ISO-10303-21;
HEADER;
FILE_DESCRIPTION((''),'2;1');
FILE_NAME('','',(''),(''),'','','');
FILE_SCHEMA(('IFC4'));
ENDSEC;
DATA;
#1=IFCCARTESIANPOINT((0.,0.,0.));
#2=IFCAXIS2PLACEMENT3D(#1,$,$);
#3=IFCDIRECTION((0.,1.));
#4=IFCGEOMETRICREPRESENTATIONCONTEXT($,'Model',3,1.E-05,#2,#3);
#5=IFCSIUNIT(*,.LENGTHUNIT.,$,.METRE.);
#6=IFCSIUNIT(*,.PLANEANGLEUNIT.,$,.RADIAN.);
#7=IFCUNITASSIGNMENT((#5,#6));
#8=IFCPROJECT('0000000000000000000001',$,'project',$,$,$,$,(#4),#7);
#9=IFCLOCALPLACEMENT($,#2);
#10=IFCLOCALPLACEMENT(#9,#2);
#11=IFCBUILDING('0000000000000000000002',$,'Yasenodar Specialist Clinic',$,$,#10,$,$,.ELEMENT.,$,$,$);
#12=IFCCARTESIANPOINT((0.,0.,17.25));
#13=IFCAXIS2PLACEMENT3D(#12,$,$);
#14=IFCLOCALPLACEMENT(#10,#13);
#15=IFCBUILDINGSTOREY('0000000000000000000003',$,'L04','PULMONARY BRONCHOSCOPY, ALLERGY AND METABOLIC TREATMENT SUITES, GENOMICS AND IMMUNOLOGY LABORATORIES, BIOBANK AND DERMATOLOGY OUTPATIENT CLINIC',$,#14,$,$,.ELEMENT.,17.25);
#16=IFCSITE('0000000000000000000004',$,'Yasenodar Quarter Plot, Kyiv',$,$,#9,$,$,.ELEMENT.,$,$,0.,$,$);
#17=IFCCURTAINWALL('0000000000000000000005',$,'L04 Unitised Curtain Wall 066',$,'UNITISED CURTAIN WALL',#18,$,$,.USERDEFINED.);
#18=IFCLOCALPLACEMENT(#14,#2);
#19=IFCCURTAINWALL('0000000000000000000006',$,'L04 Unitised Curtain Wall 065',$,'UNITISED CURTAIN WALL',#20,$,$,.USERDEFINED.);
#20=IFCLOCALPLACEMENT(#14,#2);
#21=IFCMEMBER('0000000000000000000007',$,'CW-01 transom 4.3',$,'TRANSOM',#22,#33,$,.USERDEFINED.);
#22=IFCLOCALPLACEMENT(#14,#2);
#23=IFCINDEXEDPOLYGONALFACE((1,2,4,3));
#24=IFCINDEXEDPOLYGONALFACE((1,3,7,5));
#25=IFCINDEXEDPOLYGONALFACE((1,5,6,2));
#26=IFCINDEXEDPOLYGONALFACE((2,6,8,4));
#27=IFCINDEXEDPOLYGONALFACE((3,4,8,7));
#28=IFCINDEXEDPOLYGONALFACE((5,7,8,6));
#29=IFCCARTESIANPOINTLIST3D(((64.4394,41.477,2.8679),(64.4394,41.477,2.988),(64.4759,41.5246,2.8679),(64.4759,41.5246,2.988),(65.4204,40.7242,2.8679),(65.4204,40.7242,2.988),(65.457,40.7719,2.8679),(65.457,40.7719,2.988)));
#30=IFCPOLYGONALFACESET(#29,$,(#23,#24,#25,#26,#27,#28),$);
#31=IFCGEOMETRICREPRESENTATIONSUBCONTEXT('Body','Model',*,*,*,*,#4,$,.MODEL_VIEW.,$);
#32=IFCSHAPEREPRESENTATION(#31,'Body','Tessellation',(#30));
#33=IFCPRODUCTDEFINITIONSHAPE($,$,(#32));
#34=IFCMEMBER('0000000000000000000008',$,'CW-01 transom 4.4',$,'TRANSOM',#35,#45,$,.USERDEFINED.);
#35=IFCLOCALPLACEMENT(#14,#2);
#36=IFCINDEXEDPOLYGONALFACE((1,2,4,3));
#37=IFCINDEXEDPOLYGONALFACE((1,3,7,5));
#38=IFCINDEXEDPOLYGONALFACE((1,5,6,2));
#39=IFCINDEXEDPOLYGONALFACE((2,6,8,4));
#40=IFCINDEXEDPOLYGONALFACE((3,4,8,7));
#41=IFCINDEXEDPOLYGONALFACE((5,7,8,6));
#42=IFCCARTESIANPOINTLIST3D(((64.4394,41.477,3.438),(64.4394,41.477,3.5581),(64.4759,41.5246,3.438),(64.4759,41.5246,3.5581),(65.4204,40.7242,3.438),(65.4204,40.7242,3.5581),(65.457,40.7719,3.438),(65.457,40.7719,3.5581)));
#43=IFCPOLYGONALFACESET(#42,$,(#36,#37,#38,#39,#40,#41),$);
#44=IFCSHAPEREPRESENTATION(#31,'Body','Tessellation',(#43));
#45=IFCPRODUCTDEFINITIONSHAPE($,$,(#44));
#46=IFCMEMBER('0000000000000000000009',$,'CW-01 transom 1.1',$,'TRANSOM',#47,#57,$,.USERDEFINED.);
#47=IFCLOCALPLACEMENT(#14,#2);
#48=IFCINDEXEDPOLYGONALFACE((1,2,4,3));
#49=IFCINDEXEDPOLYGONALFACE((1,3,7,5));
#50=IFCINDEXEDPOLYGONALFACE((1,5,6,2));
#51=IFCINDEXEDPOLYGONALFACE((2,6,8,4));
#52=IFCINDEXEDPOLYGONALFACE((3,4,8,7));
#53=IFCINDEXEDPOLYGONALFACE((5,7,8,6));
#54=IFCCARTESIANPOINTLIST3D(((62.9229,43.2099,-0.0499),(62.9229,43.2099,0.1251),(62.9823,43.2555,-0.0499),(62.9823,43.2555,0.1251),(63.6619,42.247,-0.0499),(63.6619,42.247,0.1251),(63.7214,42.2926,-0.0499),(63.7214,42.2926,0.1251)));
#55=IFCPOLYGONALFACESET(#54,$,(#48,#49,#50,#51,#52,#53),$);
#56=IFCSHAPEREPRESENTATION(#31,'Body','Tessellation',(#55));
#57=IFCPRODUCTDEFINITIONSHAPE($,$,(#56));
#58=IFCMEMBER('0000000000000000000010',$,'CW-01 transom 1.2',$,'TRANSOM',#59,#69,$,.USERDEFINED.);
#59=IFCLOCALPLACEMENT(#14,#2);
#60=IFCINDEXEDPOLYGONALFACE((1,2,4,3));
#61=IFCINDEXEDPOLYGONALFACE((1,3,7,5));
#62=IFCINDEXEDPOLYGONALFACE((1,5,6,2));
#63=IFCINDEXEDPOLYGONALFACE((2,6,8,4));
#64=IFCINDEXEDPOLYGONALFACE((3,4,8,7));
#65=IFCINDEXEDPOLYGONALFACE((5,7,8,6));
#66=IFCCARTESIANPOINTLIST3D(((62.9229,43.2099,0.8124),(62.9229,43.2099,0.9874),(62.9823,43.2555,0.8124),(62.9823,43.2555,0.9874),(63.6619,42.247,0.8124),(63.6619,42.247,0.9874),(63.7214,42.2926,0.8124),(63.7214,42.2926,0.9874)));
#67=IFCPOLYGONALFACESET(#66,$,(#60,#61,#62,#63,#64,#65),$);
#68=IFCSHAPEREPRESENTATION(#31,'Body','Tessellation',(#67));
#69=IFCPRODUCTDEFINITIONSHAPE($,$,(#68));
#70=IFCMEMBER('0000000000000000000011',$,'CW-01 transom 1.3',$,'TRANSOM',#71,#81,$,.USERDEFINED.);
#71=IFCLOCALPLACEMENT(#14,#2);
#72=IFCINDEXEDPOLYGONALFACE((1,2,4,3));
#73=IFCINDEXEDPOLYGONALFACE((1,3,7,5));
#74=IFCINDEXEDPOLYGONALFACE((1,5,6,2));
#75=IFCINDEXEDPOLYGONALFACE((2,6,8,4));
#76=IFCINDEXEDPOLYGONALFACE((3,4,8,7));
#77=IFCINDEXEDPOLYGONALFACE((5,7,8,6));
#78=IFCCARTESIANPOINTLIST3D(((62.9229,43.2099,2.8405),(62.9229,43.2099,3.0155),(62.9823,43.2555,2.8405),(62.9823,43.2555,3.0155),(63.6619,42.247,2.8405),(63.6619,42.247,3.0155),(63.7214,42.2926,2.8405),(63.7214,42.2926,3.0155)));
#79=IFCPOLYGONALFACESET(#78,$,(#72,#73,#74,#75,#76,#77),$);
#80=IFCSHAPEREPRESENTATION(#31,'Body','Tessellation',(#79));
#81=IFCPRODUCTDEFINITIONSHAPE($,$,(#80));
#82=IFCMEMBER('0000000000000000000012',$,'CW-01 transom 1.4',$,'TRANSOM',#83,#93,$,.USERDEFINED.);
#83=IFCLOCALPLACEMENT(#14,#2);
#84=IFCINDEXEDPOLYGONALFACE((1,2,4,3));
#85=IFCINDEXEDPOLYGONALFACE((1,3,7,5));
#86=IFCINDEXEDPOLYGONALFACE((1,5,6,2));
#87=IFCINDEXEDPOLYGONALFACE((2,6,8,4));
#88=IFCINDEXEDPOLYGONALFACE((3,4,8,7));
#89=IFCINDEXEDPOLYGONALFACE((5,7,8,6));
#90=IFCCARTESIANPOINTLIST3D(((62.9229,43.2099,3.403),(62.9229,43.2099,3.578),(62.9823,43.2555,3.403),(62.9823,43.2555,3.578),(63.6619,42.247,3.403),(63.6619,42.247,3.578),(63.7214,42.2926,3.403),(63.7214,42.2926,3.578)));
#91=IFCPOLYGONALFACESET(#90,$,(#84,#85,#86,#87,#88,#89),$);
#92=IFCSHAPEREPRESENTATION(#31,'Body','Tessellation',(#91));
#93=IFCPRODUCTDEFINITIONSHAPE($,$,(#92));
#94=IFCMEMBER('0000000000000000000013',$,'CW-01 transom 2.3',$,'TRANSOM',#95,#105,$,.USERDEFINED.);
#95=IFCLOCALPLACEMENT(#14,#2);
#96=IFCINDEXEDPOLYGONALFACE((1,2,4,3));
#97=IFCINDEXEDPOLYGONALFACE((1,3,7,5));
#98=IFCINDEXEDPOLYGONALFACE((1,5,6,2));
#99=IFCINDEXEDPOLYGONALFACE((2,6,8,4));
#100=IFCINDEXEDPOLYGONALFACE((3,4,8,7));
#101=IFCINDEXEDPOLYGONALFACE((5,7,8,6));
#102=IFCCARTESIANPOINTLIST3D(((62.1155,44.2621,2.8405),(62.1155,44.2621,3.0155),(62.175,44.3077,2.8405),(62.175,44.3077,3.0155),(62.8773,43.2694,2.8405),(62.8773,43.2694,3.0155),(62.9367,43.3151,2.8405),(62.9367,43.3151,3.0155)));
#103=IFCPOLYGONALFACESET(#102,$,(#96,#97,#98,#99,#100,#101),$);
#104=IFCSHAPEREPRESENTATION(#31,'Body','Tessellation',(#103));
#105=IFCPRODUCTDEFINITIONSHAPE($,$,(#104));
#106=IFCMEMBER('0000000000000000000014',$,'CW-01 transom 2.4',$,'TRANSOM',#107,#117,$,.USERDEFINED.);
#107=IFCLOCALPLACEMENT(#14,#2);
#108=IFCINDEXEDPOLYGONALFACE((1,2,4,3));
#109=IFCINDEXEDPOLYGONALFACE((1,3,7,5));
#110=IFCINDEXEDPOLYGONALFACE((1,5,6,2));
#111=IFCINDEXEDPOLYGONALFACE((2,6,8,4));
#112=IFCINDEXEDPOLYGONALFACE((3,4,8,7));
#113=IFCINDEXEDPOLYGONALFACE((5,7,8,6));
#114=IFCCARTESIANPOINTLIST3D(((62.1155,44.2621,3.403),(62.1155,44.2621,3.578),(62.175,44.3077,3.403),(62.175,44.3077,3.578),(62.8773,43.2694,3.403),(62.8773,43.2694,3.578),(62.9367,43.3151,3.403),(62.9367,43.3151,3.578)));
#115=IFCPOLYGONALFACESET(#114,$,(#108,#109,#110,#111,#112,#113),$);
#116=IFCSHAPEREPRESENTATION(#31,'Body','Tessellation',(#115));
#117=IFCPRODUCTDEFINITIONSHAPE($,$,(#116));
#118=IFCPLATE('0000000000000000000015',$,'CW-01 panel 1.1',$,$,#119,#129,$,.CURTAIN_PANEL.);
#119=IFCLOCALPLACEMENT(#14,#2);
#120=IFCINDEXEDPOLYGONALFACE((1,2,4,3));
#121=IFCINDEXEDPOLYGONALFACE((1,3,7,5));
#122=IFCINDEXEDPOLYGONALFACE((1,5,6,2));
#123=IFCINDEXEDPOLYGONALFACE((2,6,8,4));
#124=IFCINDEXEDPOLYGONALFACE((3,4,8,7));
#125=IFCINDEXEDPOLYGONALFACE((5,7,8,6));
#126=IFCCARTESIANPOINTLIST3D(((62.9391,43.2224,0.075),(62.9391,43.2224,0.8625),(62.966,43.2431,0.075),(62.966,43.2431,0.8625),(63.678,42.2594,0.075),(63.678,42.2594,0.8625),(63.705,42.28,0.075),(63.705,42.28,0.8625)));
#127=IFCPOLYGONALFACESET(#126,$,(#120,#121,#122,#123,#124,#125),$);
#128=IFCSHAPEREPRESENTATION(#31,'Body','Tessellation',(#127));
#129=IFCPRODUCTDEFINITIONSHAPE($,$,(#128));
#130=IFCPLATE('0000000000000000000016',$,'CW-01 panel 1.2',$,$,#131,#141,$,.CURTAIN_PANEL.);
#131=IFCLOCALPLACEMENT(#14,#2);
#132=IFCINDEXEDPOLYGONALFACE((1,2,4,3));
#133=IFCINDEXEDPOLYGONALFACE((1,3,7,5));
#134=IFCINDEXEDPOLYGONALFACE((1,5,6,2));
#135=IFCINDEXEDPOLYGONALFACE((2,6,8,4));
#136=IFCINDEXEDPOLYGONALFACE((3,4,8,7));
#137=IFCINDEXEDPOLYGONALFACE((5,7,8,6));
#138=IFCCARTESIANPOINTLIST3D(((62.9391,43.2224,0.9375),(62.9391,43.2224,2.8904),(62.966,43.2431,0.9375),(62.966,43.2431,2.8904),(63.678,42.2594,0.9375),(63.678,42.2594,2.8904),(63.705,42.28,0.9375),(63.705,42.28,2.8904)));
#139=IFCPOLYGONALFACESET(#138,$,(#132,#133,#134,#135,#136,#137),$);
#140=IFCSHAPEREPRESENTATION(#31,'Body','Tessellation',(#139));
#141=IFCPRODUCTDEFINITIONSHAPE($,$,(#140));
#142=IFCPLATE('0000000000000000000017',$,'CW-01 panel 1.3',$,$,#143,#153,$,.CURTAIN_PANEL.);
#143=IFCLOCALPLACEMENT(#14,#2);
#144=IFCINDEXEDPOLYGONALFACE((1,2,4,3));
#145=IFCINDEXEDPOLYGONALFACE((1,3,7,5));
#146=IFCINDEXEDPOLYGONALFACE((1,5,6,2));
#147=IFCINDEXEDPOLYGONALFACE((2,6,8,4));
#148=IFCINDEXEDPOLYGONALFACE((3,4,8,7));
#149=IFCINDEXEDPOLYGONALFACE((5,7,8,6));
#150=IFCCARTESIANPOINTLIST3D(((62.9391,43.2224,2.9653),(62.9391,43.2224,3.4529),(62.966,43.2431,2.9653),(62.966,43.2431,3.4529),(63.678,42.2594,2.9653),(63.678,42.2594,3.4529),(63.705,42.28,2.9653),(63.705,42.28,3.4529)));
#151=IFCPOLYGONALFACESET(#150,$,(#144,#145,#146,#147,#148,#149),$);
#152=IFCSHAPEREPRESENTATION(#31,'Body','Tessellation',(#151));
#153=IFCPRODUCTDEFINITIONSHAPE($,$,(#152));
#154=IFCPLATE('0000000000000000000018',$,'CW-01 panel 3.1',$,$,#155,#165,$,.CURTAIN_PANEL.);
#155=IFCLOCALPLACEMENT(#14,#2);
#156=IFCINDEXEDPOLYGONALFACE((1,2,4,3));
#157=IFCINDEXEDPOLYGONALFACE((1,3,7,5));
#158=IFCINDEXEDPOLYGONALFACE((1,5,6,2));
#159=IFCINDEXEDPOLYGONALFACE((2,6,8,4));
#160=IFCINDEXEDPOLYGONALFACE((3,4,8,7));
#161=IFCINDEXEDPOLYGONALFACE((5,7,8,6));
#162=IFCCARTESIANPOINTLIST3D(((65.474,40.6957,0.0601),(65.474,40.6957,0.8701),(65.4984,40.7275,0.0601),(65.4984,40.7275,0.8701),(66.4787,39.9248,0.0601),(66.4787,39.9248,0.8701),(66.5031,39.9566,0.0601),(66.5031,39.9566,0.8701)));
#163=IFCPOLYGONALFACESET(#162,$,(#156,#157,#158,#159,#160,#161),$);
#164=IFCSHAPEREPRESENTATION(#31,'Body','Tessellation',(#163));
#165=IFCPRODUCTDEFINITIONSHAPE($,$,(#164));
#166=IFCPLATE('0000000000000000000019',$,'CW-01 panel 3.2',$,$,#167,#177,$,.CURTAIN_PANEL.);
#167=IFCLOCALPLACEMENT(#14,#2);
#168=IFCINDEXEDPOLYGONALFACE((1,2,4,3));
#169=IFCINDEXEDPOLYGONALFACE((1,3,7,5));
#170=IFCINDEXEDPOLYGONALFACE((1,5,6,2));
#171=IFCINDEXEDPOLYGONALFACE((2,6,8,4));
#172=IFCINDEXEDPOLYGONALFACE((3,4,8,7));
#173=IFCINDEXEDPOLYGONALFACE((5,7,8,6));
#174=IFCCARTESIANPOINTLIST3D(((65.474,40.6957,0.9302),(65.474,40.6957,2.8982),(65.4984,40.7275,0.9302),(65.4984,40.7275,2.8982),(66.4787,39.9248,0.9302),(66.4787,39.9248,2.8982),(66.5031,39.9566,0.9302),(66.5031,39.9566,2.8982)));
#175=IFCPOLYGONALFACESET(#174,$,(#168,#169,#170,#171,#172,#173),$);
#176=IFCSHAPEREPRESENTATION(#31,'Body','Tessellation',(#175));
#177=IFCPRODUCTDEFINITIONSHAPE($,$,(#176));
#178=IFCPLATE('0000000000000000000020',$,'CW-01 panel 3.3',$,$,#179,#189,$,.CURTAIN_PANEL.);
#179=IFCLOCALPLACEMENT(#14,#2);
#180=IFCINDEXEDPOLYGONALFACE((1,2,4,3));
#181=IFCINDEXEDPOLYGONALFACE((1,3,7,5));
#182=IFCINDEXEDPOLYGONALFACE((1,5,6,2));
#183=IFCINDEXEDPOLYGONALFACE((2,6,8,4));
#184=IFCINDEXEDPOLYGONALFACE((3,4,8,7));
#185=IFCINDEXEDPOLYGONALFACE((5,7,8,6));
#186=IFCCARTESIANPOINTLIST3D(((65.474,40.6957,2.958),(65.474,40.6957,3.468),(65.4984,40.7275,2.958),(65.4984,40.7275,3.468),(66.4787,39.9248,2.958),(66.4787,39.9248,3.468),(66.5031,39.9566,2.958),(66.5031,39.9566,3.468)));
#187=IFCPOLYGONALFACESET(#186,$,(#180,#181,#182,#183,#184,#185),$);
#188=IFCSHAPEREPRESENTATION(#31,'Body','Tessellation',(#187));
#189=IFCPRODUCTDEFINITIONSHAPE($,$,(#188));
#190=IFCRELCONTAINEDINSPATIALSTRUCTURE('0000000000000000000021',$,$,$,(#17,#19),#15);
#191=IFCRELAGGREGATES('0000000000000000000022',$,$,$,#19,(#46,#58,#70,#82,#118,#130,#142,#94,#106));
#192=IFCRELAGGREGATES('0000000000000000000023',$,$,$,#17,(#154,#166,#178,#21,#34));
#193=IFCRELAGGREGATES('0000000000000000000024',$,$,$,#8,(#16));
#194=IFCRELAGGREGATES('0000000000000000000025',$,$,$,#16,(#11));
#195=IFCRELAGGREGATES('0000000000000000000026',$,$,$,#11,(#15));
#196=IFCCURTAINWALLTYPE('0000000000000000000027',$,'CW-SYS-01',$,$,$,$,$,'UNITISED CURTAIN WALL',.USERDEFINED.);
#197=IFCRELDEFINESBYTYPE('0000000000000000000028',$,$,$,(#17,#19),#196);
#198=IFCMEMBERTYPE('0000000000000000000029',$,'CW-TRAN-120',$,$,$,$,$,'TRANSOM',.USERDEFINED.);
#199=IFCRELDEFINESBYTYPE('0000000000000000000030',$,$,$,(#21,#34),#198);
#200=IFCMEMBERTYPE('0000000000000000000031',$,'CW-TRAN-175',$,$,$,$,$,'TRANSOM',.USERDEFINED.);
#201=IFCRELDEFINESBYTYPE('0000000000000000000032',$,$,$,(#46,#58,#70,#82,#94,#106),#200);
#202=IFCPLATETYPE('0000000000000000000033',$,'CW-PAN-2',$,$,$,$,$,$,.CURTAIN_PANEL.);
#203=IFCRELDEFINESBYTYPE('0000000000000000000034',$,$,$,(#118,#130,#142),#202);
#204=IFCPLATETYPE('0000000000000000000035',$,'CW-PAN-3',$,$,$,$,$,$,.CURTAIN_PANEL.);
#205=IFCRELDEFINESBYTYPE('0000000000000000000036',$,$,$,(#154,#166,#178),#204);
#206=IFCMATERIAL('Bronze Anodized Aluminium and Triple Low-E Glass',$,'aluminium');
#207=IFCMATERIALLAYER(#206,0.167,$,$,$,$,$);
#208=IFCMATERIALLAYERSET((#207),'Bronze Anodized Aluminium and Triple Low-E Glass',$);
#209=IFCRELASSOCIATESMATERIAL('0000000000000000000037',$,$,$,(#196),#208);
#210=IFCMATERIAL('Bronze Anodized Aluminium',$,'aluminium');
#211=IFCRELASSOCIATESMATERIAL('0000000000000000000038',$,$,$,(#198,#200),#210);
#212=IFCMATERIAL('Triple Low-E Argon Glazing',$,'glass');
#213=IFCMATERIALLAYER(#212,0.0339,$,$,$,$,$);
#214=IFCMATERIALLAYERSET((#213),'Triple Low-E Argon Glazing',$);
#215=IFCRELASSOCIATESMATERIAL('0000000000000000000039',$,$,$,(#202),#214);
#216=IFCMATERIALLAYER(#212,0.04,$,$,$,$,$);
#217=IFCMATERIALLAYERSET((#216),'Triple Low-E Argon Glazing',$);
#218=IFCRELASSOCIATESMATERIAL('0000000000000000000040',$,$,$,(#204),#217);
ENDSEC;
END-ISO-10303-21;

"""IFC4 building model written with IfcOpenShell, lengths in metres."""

from ifc_helpers import new_model, si_unit, direction, frame, origin, origin_2d, place, context, subcontext, project, spatial, rectangle, extrude, material, layer, layer_set, material_profile, profile_set, type_object, element, aggregate, save


model = new_model("IFC4")

# Units and contexts
model_context = context("Model", 3, precision=1e-05, world=origin(), true_north=direction((0.0, 1.0)))
body_context = subcontext(model_context, "Body", "Model", "MODEL_VIEW")
ifc_project = project(units=[si_unit("LENGTHUNIT", "METRE"), si_unit("PLANEANGLEUNIT", "RADIAN")], contexts=[model_context])

# Site, building, storey
site_placement = place(None, origin())
site = spatial("IfcSite", under=ifc_project, at=site_placement, Name="Yasenodar Quarter Plot, Kyiv", CompositionType="ELEMENT", RefElevation=0.0)
building_placement = place(site_placement, origin())
building = spatial("IfcBuilding", under=site, at=building_placement, Name="Yasenodar Specialist Clinic", CompositionType="ELEMENT")
storey_placement = place(building_placement, frame((0.0, 0.0, 17.25)))
storey = spatial("IfcBuildingStorey", under=building, at=storey_placement, Name="L04", Description="PULMONARY BRONCHOSCOPY, ALLERGY AND METABOLIC TREATMENT SUITES, GENOMICS AND IMMUNOLOGY LABORATORIES, BIOBANK AND DERMATOLOGY OUTPATIENT CLINIC", CompositionType="ELEMENT", Elevation=17.25)

# Curtain walls
ifc_material_1 = material(Name="Bronze Anodized Aluminium and Triple Low-E Glass", Category="aluminium")
ifc_layer_1 = layer(ifc_material_1, 0.167)
ifc_layer_set_1 = layer_set([ifc_layer_1], Name="Bronze Anodized Aluminium and Triple Low-E Glass")
curtain_wall_type = type_object("IfcCurtainWallType", Name="CW-SYS-01", ElementType="UNITISED CURTAIN WALL", PredefinedType="USERDEFINED", material=ifc_layer_set_1)
curtain_wall_1_placement = place(storey_placement, origin())
curtain_wall_1 = element("IfcCurtainWall", 1, at=curtain_wall_1_placement, inside=storey, type_object=curtain_wall_type, Name="L04 Unitised Curtain Wall 066", ObjectType="UNITISED CURTAIN WALL", PredefinedType="USERDEFINED")
ifc_material_2 = material(Name="Bronze Anodized Aluminium", Category="aluminium")
curtain_wall_2_placement = place(storey_placement, origin())
curtain_wall_2 = element("IfcCurtainWall", 2, at=curtain_wall_2_placement, inside=storey, type_object=curtain_wall_type, Name="L04 Unitised Curtain Wall 065", ObjectType="UNITISED CURTAIN WALL", PredefinedType="USERDEFINED")

# Members
ifc_material_profile_1 = material_profile(ifc_material_2, rectangle(XDim=0.0601, YDim=0.1201, at=origin_2d()), Name="CW-TRAN 60x120")
ifc_profile_set_1 = profile_set([ifc_material_profile_1], Name="Bronze Anodized Aluminium")
member_type_1 = type_object("IfcMemberType", Name="CW-TRAN-120", ElementType="TRANSOM", PredefinedType="USERDEFINED", material=ifc_profile_set_1)
member_1_placement = place(storey_placement, frame((65.4387, 40.748, 2.928), z_axis=(-0.793365, 0.608747, 0.0), x_axis=(-0.608747, -0.793365, 0.0)))
member_1 = element("IfcMember", 3, at=member_1_placement, type_object=member_type_1, Name="CW-01 transom 4.3", ObjectType="TRANSOM", PredefinedType="USERDEFINED", context=body_context, shape_type="SweptSolid", body=[
    extrude(rectangle(XDim=0.0601, YDim=0.1201, at=origin_2d()), origin(), (0.0, 0.0, 1.0), 1.2366),
])
member_2_placement = place(storey_placement, frame((65.4387, 40.748, 3.498), z_axis=(-0.793365, 0.608747, 0.0), x_axis=(-0.608747, -0.793365, 0.0)))
member_2 = element("IfcMember", 4, at=member_2_placement, type_object=member_type_1, Name="CW-01 transom 4.4", ObjectType="TRANSOM", PredefinedType="USERDEFINED", context=body_context, shape_type="SweptSolid", body=[
    extrude(rectangle(XDim=0.0601, YDim=0.1201, at=origin_2d()), origin(), (0.0, 0.0, 1.0), 1.2366),
])
ifc_material_profile_2 = material_profile(ifc_material_2, rectangle(XDim=0.075, YDim=0.175, at=origin_2d()), Name="CW-TRAN 75x175")
ifc_profile_set_2 = profile_set([ifc_material_profile_2], Name="Bronze Anodized Aluminium")
member_type_2 = type_object("IfcMemberType", Name="CW-TRAN-175", ElementType="TRANSOM", PredefinedType="USERDEFINED", material=ifc_profile_set_2)
member_3_placement = place(storey_placement, frame((63.6917, 42.2698, 0.0376), z_axis=(-0.608845, 0.793289, 0.0), x_axis=(-0.793289, -0.608845, 0.0)))
member_3 = element("IfcMember", 5, at=member_3_placement, type_object=member_type_2, Name="CW-01 transom 1.1", ObjectType="TRANSOM", PredefinedType="USERDEFINED", context=body_context, shape_type="SweptSolid", body=[
    extrude(rectangle(XDim=0.075, YDim=0.175, at=origin_2d()), origin(), (0.0, 0.0, 1.0), 1.2139),
])
member_4_placement = place(storey_placement, frame((63.6917, 42.2698, 0.8999), z_axis=(-0.608845, 0.793289, 0.0), x_axis=(-0.793289, -0.608845, 0.0)))
member_4 = element("IfcMember", 6, at=member_4_placement, type_object=member_type_2, Name="CW-01 transom 1.2", ObjectType="TRANSOM", PredefinedType="USERDEFINED", context=body_context, shape_type="SweptSolid", body=[
    extrude(rectangle(XDim=0.075, YDim=0.175, at=origin_2d()), origin(), (0.0, 0.0, 1.0), 1.2139),
])
member_5_placement = place(storey_placement, frame((63.6917, 42.2698, 2.928), z_axis=(-0.608845, 0.793289, 0.0), x_axis=(-0.793289, -0.608845, 0.0)))
member_5 = element("IfcMember", 7, at=member_5_placement, type_object=member_type_2, Name="CW-01 transom 1.3", ObjectType="TRANSOM", PredefinedType="USERDEFINED", context=body_context, shape_type="SweptSolid", body=[
    extrude(rectangle(XDim=0.075, YDim=0.175, at=origin_2d()), origin(), (0.0, 0.0, 1.0), 1.2139),
])
member_6_placement = place(storey_placement, frame((63.6917, 42.2698, 3.4905), z_axis=(-0.608845, 0.793289, 0.0), x_axis=(-0.793289, -0.608845, 0.0)))
member_6 = element("IfcMember", 8, at=member_6_placement, type_object=member_type_2, Name="CW-01 transom 1.4", ObjectType="TRANSOM", PredefinedType="USERDEFINED", context=body_context, shape_type="SweptSolid", body=[
    extrude(rectangle(XDim=0.075, YDim=0.175, at=origin_2d()), origin(), (0.0, 0.0, 1.0), 1.2139),
])
member_7_placement = place(storey_placement, frame((62.907, 43.2922, 2.928), z_axis=(-0.608767, 0.793349, 0.0), x_axis=(-0.793349, -0.608767, 0.0)))
member_7 = element("IfcMember", 9, at=member_7_placement, type_object=member_type_2, Name="CW-01 transom 2.3", ObjectType="TRANSOM", PredefinedType="USERDEFINED", context=body_context, shape_type="SweptSolid", body=[
    extrude(rectangle(XDim=0.075, YDim=0.175, at=origin_2d()), origin(), (0.0, 0.0, 1.0), 1.2512),
])
member_8_placement = place(storey_placement, frame((62.907, 43.2922, 3.4905), z_axis=(-0.608767, 0.793349, 0.0), x_axis=(-0.793349, -0.608767, 0.0)))
member_8 = element("IfcMember", 10, at=member_8_placement, type_object=member_type_2, Name="CW-01 transom 2.4", ObjectType="TRANSOM", PredefinedType="USERDEFINED", context=body_context, shape_type="SweptSolid", body=[
    extrude(rectangle(XDim=0.075, YDim=0.175, at=origin_2d()), origin(), (0.0, 0.0, 1.0), 1.2512),
])

# Plates
ifc_material_3 = material(Name="Triple Low-E Argon Glazing", Category="glass")
ifc_layer_2 = layer(ifc_material_3, 0.0339)
ifc_layer_set_2 = layer_set([ifc_layer_2], Name="Triple Low-E Argon Glazing")
plate_type_1 = type_object("IfcPlateType", Name="CW-PAN-2", PredefinedType="CURTAIN_PANEL", material=ifc_layer_set_2)
plate_1_placement = place(storey_placement, frame((63.322, 42.7512, 0.075), z_axis=(0.0, 0.0, 1.0), x_axis=(-0.608752, 0.793361, 0.0)))
plate_1 = element("IfcPlate", 11, at=plate_1_placement, type_object=plate_type_1, Name="CW-01 panel 1.1", PredefinedType="CURTAIN_PANEL", context=body_context, shape_type="SweptSolid", body=[
    extrude(rectangle(XDim=1.2139, YDim=0.0339, at=origin_2d()), origin(), (0.0, 0.0, 1.0), 0.7876),
])
plate_2_placement = place(storey_placement, frame((63.322, 42.7512, 0.9375), z_axis=(0.0, 0.0, 1.0), x_axis=(-0.608752, 0.793361, 0.0)))
plate_2 = element("IfcPlate", 12, at=plate_2_placement, type_object=plate_type_1, Name="CW-01 panel 1.2", PredefinedType="CURTAIN_PANEL", context=body_context, shape_type="SweptSolid", body=[
    extrude(rectangle(XDim=1.2139, YDim=0.0339, at=origin_2d()), origin(), (0.0, 0.0, 1.0), 1.9529),
])
plate_3_placement = place(storey_placement, frame((63.322, 42.7512, 2.9653), z_axis=(0.0, 0.0, 1.0), x_axis=(-0.608752, 0.793361, 0.0)))
plate_3 = element("IfcPlate", 13, at=plate_3_placement, type_object=plate_type_1, Name="CW-01 panel 1.3", PredefinedType="CURTAIN_PANEL", context=body_context, shape_type="SweptSolid", body=[
    extrude(rectangle(XDim=1.2139, YDim=0.0339, at=origin_2d()), origin(), (0.0, 0.0, 1.0), 0.4875),
])
aggregate(curtain_wall_2, [member_3, member_4, member_5, member_6, plate_1, plate_2, plate_3, member_7, member_8])
ifc_layer_3 = layer(ifc_material_3, 0.04)
ifc_layer_set_3 = layer_set([ifc_layer_3], Name="Triple Low-E Argon Glazing")
plate_type_2 = type_object("IfcPlateType", Name="CW-PAN-3", PredefinedType="CURTAIN_PANEL", material=ifc_layer_set_3)
plate_4_placement = place(storey_placement, frame((65.9885, 40.3262, 0.0601), z_axis=(0.0, 0.0, 1.0), x_axis=(-0.793361, 0.608752, 0.0)))
plate_4 = element("IfcPlate", 14, at=plate_4_placement, type_object=plate_type_2, Name="CW-01 panel 3.1", PredefinedType="CURTAIN_PANEL", context=body_context, shape_type="SweptSolid", body=[
    extrude(rectangle(XDim=1.2664, YDim=0.04, at=origin_2d()), origin(), (0.0, 0.0, 1.0), 0.8101),
])
plate_5_placement = place(storey_placement, frame((65.9885, 40.3262, 0.9302), z_axis=(0.0, 0.0, 1.0), x_axis=(-0.793361, 0.608752, 0.0)))
plate_5 = element("IfcPlate", 15, at=plate_5_placement, type_object=plate_type_2, Name="CW-01 panel 3.2", PredefinedType="CURTAIN_PANEL", context=body_context, shape_type="SweptSolid", body=[
    extrude(rectangle(XDim=1.2664, YDim=0.04, at=origin_2d()), origin(), (0.0, 0.0, 1.0), 1.968),
])
plate_6_placement = place(storey_placement, frame((65.9885, 40.3262, 2.958), z_axis=(0.0, 0.0, 1.0), x_axis=(-0.793361, 0.608752, 0.0)))
plate_6 = element("IfcPlate", 16, at=plate_6_placement, type_object=plate_type_2, Name="CW-01 panel 3.3", PredefinedType="CURTAIN_PANEL", context=body_context, shape_type="SweptSolid", body=[
    extrude(rectangle(XDim=1.2664, YDim=0.04, at=origin_2d()), origin(), (0.0, 0.0, 1.0), 0.51),
])
aggregate(curtain_wall_1, [plate_4, plate_5, plate_6, member_1, member_2])

save(model, "model.ifc")
